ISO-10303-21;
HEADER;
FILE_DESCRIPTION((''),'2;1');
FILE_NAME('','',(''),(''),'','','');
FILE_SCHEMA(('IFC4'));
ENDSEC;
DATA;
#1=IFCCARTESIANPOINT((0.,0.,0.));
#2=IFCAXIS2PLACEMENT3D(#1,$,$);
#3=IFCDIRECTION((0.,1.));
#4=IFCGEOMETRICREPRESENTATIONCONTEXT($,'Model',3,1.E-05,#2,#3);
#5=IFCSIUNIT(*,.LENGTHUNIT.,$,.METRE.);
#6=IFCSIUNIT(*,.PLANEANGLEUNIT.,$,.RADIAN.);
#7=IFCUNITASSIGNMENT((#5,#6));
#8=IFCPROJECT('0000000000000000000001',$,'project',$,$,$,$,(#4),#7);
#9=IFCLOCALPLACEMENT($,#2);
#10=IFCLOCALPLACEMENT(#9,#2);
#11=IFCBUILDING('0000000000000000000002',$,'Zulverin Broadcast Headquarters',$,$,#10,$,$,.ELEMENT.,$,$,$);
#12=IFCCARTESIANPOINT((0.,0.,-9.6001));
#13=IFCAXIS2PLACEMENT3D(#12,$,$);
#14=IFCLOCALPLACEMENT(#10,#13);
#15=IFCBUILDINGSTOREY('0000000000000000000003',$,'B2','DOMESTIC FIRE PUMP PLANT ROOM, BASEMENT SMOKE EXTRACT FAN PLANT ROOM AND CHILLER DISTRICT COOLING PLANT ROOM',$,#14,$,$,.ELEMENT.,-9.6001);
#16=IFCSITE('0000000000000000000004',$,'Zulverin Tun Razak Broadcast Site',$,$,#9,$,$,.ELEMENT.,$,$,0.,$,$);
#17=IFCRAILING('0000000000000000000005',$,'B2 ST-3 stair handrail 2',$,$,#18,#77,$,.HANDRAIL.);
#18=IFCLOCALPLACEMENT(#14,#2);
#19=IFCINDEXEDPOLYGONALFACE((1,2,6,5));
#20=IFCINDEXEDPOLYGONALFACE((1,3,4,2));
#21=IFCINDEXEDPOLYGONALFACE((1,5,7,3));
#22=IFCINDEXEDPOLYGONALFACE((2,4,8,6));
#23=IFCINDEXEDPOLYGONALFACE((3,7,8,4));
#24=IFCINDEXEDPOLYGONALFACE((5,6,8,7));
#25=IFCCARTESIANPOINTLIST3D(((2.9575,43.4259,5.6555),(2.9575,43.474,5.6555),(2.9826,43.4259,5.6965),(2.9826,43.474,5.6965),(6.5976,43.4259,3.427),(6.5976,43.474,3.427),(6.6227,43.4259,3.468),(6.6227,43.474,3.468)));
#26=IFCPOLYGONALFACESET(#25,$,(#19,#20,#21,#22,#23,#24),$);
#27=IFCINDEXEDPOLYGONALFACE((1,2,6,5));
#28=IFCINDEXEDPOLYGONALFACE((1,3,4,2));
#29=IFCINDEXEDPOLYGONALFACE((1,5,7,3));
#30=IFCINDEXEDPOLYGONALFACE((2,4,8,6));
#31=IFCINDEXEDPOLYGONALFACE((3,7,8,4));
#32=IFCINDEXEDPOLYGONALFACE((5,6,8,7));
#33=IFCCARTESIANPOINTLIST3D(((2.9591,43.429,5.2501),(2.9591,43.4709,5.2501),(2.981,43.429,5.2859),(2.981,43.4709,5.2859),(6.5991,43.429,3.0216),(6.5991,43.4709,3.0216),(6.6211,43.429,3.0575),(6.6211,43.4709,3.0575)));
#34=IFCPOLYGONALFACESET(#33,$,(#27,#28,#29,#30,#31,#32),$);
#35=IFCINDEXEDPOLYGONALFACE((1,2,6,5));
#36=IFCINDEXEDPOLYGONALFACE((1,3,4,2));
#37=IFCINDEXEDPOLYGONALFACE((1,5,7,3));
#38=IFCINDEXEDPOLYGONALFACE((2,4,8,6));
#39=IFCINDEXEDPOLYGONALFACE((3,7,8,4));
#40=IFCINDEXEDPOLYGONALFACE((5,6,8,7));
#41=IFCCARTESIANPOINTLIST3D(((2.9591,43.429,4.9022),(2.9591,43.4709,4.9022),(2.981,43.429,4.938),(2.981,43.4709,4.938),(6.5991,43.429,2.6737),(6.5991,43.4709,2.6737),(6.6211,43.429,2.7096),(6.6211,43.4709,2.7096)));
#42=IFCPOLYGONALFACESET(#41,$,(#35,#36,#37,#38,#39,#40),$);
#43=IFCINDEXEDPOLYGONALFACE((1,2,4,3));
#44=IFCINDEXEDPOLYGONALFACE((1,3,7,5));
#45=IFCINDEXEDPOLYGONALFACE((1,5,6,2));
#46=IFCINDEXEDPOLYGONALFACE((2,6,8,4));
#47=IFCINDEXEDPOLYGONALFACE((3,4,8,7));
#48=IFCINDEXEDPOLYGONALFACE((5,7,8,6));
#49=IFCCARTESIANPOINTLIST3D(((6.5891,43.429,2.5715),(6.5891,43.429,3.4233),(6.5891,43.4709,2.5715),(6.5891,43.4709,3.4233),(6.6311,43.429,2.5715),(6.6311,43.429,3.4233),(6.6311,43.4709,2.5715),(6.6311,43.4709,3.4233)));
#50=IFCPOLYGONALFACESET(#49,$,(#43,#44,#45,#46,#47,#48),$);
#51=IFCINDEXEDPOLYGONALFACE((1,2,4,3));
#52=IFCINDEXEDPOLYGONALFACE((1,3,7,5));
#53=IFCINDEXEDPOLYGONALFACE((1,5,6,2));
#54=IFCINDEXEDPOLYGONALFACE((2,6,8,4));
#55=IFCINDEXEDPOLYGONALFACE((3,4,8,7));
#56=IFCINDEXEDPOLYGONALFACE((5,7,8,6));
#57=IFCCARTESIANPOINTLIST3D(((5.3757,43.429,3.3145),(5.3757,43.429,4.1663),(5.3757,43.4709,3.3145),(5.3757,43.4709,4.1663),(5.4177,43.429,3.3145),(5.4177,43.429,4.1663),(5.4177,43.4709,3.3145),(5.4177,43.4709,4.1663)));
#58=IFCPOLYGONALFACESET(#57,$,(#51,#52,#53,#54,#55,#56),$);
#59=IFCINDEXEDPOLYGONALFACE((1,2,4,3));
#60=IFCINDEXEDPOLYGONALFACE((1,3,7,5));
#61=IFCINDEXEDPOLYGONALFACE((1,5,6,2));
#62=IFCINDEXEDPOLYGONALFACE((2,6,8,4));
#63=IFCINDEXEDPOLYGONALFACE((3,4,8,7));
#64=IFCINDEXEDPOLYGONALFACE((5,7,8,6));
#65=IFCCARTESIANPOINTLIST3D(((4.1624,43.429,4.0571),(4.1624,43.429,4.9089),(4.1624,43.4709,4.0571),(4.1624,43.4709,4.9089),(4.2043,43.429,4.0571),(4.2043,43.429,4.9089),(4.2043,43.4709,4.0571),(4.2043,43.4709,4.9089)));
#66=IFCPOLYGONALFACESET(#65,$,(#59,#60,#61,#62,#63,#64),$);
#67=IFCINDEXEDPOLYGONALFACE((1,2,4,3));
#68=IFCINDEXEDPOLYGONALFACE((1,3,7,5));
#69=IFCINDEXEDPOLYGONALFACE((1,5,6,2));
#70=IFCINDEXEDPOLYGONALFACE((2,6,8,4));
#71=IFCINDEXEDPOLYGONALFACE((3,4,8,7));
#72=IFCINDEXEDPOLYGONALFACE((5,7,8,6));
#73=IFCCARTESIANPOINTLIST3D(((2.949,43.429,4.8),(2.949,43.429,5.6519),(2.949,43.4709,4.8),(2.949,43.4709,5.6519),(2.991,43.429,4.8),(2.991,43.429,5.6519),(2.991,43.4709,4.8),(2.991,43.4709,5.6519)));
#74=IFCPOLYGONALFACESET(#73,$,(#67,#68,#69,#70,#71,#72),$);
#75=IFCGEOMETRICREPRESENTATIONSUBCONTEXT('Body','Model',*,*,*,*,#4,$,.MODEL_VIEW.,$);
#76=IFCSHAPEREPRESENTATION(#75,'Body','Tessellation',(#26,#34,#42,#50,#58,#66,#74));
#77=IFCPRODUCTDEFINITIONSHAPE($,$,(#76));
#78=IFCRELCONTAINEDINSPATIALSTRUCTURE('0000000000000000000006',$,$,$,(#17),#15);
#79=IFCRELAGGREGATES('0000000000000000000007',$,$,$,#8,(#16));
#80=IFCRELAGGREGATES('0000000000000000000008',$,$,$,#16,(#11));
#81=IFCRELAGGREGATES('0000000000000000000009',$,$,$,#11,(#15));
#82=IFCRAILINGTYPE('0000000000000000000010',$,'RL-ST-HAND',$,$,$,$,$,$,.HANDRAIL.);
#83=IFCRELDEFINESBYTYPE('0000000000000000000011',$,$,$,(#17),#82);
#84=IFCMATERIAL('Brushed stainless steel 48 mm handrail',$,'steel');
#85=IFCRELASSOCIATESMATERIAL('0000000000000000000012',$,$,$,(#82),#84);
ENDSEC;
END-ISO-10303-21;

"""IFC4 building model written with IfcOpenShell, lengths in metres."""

from ifc_helpers import new_model, si_unit, direction, frame, origin, origin_2d, place, context, subcontext, project, spatial, rectangle, extrude, material, type_object, element, save


model = new_model("IFC4")

# Units and contexts
model_context = context("Model", 3, precision=1e-05, world=origin(), true_north=direction((0.0, 1.0)))
body_context = subcontext(model_context, "Body", "Model", "MODEL_VIEW")
ifc_project = project(units=[si_unit("LENGTHUNIT", "METRE"), si_unit("PLANEANGLEUNIT", "RADIAN")], contexts=[model_context])

# Site, building, storey
site_placement = place(None, origin())
site = spatial("IfcSite", under=ifc_project, at=site_placement, Name="Zulverin Tun Razak Broadcast Site", CompositionType="ELEMENT", RefElevation=0.0)
building_placement = place(site_placement, origin())
building = spatial("IfcBuilding", under=site, at=building_placement, Name="Zulverin Broadcast Headquarters", CompositionType="ELEMENT")
storey_placement = place(building_placement, frame((0.0, 0.0, -9.6001)))
storey = spatial("IfcBuildingStorey", under=building, at=storey_placement, Name="B2", Description="DOMESTIC FIRE PUMP PLANT ROOM, BASEMENT SMOKE EXTRACT FAN PLANT ROOM AND CHILLER DISTRICT COOLING PLANT ROOM", CompositionType="ELEMENT", Elevation=-9.6001)

# Railing
ifc_material_1 = material(Name="Brushed stainless steel 48 mm handrail", Category="steel")
railing_type_1 = type_object("IfcRailingType", Name="RL-ST-HAND", PredefinedType="HANDRAIL", material=ifc_material_1)
railing_1_placement = place(storey_placement, frame((6.6101, 43.45, 2.5715)))
element("IfcRailing", 1, at=railing_1_placement, inside=storey, type_object=railing_type_1, Name="B2 ST-3 stair handrail 2", PredefinedType="HANDRAIL", context=body_context, shape_type="SweptSolid", body=[
    extrude(rectangle(XDim=0.0481, YDim=0.0481, at=origin_2d()), frame((0.0, 0.0, 0.876), z_axis=(-0.852866, 0.0, 0.52213), x_axis=(0.0, -1.0, 0.0)), (0.0, 0.0, 1.0), 4.2681),
    extrude(rectangle(XDim=0.042, YDim=0.042, at=origin_2d()), frame((0.0, 0.0, 0.468), z_axis=(-0.852866, 0.0, 0.52213), x_axis=(0.0, -1.0, 0.0)), (0.0, 0.0, 1.0), 4.2681),
    extrude(rectangle(XDim=0.042, YDim=0.042, at=origin_2d()), frame((0.0, 0.0, 0.1201), z_axis=(-0.852866, 0.0, 0.52213), x_axis=(0.0, -1.0, 0.0)), (0.0, 0.0, 1.0), 4.2681),
    extrude(rectangle(XDim=0.042, YDim=0.042, at=origin_2d()), origin(), (0.0, 0.0, 1.0), 0.8518),
    extrude(rectangle(XDim=0.042, YDim=0.042, at=origin_2d()), frame((-1.2134, 0.0, 0.7429)), (0.0, 0.0, 1.0), 0.8518),
    extrude(rectangle(XDim=0.042, YDim=0.042, at=origin_2d()), frame((-2.4268, 0.0, 1.4856)), (0.0, 0.0, 1.0), 0.8518),
    extrude(rectangle(XDim=0.042, YDim=0.042, at=origin_2d()), frame((-3.6401, 0.0, 2.2285)), (0.0, 0.0, 1.0), 0.8518),
])

save(model, "model.ifc")
